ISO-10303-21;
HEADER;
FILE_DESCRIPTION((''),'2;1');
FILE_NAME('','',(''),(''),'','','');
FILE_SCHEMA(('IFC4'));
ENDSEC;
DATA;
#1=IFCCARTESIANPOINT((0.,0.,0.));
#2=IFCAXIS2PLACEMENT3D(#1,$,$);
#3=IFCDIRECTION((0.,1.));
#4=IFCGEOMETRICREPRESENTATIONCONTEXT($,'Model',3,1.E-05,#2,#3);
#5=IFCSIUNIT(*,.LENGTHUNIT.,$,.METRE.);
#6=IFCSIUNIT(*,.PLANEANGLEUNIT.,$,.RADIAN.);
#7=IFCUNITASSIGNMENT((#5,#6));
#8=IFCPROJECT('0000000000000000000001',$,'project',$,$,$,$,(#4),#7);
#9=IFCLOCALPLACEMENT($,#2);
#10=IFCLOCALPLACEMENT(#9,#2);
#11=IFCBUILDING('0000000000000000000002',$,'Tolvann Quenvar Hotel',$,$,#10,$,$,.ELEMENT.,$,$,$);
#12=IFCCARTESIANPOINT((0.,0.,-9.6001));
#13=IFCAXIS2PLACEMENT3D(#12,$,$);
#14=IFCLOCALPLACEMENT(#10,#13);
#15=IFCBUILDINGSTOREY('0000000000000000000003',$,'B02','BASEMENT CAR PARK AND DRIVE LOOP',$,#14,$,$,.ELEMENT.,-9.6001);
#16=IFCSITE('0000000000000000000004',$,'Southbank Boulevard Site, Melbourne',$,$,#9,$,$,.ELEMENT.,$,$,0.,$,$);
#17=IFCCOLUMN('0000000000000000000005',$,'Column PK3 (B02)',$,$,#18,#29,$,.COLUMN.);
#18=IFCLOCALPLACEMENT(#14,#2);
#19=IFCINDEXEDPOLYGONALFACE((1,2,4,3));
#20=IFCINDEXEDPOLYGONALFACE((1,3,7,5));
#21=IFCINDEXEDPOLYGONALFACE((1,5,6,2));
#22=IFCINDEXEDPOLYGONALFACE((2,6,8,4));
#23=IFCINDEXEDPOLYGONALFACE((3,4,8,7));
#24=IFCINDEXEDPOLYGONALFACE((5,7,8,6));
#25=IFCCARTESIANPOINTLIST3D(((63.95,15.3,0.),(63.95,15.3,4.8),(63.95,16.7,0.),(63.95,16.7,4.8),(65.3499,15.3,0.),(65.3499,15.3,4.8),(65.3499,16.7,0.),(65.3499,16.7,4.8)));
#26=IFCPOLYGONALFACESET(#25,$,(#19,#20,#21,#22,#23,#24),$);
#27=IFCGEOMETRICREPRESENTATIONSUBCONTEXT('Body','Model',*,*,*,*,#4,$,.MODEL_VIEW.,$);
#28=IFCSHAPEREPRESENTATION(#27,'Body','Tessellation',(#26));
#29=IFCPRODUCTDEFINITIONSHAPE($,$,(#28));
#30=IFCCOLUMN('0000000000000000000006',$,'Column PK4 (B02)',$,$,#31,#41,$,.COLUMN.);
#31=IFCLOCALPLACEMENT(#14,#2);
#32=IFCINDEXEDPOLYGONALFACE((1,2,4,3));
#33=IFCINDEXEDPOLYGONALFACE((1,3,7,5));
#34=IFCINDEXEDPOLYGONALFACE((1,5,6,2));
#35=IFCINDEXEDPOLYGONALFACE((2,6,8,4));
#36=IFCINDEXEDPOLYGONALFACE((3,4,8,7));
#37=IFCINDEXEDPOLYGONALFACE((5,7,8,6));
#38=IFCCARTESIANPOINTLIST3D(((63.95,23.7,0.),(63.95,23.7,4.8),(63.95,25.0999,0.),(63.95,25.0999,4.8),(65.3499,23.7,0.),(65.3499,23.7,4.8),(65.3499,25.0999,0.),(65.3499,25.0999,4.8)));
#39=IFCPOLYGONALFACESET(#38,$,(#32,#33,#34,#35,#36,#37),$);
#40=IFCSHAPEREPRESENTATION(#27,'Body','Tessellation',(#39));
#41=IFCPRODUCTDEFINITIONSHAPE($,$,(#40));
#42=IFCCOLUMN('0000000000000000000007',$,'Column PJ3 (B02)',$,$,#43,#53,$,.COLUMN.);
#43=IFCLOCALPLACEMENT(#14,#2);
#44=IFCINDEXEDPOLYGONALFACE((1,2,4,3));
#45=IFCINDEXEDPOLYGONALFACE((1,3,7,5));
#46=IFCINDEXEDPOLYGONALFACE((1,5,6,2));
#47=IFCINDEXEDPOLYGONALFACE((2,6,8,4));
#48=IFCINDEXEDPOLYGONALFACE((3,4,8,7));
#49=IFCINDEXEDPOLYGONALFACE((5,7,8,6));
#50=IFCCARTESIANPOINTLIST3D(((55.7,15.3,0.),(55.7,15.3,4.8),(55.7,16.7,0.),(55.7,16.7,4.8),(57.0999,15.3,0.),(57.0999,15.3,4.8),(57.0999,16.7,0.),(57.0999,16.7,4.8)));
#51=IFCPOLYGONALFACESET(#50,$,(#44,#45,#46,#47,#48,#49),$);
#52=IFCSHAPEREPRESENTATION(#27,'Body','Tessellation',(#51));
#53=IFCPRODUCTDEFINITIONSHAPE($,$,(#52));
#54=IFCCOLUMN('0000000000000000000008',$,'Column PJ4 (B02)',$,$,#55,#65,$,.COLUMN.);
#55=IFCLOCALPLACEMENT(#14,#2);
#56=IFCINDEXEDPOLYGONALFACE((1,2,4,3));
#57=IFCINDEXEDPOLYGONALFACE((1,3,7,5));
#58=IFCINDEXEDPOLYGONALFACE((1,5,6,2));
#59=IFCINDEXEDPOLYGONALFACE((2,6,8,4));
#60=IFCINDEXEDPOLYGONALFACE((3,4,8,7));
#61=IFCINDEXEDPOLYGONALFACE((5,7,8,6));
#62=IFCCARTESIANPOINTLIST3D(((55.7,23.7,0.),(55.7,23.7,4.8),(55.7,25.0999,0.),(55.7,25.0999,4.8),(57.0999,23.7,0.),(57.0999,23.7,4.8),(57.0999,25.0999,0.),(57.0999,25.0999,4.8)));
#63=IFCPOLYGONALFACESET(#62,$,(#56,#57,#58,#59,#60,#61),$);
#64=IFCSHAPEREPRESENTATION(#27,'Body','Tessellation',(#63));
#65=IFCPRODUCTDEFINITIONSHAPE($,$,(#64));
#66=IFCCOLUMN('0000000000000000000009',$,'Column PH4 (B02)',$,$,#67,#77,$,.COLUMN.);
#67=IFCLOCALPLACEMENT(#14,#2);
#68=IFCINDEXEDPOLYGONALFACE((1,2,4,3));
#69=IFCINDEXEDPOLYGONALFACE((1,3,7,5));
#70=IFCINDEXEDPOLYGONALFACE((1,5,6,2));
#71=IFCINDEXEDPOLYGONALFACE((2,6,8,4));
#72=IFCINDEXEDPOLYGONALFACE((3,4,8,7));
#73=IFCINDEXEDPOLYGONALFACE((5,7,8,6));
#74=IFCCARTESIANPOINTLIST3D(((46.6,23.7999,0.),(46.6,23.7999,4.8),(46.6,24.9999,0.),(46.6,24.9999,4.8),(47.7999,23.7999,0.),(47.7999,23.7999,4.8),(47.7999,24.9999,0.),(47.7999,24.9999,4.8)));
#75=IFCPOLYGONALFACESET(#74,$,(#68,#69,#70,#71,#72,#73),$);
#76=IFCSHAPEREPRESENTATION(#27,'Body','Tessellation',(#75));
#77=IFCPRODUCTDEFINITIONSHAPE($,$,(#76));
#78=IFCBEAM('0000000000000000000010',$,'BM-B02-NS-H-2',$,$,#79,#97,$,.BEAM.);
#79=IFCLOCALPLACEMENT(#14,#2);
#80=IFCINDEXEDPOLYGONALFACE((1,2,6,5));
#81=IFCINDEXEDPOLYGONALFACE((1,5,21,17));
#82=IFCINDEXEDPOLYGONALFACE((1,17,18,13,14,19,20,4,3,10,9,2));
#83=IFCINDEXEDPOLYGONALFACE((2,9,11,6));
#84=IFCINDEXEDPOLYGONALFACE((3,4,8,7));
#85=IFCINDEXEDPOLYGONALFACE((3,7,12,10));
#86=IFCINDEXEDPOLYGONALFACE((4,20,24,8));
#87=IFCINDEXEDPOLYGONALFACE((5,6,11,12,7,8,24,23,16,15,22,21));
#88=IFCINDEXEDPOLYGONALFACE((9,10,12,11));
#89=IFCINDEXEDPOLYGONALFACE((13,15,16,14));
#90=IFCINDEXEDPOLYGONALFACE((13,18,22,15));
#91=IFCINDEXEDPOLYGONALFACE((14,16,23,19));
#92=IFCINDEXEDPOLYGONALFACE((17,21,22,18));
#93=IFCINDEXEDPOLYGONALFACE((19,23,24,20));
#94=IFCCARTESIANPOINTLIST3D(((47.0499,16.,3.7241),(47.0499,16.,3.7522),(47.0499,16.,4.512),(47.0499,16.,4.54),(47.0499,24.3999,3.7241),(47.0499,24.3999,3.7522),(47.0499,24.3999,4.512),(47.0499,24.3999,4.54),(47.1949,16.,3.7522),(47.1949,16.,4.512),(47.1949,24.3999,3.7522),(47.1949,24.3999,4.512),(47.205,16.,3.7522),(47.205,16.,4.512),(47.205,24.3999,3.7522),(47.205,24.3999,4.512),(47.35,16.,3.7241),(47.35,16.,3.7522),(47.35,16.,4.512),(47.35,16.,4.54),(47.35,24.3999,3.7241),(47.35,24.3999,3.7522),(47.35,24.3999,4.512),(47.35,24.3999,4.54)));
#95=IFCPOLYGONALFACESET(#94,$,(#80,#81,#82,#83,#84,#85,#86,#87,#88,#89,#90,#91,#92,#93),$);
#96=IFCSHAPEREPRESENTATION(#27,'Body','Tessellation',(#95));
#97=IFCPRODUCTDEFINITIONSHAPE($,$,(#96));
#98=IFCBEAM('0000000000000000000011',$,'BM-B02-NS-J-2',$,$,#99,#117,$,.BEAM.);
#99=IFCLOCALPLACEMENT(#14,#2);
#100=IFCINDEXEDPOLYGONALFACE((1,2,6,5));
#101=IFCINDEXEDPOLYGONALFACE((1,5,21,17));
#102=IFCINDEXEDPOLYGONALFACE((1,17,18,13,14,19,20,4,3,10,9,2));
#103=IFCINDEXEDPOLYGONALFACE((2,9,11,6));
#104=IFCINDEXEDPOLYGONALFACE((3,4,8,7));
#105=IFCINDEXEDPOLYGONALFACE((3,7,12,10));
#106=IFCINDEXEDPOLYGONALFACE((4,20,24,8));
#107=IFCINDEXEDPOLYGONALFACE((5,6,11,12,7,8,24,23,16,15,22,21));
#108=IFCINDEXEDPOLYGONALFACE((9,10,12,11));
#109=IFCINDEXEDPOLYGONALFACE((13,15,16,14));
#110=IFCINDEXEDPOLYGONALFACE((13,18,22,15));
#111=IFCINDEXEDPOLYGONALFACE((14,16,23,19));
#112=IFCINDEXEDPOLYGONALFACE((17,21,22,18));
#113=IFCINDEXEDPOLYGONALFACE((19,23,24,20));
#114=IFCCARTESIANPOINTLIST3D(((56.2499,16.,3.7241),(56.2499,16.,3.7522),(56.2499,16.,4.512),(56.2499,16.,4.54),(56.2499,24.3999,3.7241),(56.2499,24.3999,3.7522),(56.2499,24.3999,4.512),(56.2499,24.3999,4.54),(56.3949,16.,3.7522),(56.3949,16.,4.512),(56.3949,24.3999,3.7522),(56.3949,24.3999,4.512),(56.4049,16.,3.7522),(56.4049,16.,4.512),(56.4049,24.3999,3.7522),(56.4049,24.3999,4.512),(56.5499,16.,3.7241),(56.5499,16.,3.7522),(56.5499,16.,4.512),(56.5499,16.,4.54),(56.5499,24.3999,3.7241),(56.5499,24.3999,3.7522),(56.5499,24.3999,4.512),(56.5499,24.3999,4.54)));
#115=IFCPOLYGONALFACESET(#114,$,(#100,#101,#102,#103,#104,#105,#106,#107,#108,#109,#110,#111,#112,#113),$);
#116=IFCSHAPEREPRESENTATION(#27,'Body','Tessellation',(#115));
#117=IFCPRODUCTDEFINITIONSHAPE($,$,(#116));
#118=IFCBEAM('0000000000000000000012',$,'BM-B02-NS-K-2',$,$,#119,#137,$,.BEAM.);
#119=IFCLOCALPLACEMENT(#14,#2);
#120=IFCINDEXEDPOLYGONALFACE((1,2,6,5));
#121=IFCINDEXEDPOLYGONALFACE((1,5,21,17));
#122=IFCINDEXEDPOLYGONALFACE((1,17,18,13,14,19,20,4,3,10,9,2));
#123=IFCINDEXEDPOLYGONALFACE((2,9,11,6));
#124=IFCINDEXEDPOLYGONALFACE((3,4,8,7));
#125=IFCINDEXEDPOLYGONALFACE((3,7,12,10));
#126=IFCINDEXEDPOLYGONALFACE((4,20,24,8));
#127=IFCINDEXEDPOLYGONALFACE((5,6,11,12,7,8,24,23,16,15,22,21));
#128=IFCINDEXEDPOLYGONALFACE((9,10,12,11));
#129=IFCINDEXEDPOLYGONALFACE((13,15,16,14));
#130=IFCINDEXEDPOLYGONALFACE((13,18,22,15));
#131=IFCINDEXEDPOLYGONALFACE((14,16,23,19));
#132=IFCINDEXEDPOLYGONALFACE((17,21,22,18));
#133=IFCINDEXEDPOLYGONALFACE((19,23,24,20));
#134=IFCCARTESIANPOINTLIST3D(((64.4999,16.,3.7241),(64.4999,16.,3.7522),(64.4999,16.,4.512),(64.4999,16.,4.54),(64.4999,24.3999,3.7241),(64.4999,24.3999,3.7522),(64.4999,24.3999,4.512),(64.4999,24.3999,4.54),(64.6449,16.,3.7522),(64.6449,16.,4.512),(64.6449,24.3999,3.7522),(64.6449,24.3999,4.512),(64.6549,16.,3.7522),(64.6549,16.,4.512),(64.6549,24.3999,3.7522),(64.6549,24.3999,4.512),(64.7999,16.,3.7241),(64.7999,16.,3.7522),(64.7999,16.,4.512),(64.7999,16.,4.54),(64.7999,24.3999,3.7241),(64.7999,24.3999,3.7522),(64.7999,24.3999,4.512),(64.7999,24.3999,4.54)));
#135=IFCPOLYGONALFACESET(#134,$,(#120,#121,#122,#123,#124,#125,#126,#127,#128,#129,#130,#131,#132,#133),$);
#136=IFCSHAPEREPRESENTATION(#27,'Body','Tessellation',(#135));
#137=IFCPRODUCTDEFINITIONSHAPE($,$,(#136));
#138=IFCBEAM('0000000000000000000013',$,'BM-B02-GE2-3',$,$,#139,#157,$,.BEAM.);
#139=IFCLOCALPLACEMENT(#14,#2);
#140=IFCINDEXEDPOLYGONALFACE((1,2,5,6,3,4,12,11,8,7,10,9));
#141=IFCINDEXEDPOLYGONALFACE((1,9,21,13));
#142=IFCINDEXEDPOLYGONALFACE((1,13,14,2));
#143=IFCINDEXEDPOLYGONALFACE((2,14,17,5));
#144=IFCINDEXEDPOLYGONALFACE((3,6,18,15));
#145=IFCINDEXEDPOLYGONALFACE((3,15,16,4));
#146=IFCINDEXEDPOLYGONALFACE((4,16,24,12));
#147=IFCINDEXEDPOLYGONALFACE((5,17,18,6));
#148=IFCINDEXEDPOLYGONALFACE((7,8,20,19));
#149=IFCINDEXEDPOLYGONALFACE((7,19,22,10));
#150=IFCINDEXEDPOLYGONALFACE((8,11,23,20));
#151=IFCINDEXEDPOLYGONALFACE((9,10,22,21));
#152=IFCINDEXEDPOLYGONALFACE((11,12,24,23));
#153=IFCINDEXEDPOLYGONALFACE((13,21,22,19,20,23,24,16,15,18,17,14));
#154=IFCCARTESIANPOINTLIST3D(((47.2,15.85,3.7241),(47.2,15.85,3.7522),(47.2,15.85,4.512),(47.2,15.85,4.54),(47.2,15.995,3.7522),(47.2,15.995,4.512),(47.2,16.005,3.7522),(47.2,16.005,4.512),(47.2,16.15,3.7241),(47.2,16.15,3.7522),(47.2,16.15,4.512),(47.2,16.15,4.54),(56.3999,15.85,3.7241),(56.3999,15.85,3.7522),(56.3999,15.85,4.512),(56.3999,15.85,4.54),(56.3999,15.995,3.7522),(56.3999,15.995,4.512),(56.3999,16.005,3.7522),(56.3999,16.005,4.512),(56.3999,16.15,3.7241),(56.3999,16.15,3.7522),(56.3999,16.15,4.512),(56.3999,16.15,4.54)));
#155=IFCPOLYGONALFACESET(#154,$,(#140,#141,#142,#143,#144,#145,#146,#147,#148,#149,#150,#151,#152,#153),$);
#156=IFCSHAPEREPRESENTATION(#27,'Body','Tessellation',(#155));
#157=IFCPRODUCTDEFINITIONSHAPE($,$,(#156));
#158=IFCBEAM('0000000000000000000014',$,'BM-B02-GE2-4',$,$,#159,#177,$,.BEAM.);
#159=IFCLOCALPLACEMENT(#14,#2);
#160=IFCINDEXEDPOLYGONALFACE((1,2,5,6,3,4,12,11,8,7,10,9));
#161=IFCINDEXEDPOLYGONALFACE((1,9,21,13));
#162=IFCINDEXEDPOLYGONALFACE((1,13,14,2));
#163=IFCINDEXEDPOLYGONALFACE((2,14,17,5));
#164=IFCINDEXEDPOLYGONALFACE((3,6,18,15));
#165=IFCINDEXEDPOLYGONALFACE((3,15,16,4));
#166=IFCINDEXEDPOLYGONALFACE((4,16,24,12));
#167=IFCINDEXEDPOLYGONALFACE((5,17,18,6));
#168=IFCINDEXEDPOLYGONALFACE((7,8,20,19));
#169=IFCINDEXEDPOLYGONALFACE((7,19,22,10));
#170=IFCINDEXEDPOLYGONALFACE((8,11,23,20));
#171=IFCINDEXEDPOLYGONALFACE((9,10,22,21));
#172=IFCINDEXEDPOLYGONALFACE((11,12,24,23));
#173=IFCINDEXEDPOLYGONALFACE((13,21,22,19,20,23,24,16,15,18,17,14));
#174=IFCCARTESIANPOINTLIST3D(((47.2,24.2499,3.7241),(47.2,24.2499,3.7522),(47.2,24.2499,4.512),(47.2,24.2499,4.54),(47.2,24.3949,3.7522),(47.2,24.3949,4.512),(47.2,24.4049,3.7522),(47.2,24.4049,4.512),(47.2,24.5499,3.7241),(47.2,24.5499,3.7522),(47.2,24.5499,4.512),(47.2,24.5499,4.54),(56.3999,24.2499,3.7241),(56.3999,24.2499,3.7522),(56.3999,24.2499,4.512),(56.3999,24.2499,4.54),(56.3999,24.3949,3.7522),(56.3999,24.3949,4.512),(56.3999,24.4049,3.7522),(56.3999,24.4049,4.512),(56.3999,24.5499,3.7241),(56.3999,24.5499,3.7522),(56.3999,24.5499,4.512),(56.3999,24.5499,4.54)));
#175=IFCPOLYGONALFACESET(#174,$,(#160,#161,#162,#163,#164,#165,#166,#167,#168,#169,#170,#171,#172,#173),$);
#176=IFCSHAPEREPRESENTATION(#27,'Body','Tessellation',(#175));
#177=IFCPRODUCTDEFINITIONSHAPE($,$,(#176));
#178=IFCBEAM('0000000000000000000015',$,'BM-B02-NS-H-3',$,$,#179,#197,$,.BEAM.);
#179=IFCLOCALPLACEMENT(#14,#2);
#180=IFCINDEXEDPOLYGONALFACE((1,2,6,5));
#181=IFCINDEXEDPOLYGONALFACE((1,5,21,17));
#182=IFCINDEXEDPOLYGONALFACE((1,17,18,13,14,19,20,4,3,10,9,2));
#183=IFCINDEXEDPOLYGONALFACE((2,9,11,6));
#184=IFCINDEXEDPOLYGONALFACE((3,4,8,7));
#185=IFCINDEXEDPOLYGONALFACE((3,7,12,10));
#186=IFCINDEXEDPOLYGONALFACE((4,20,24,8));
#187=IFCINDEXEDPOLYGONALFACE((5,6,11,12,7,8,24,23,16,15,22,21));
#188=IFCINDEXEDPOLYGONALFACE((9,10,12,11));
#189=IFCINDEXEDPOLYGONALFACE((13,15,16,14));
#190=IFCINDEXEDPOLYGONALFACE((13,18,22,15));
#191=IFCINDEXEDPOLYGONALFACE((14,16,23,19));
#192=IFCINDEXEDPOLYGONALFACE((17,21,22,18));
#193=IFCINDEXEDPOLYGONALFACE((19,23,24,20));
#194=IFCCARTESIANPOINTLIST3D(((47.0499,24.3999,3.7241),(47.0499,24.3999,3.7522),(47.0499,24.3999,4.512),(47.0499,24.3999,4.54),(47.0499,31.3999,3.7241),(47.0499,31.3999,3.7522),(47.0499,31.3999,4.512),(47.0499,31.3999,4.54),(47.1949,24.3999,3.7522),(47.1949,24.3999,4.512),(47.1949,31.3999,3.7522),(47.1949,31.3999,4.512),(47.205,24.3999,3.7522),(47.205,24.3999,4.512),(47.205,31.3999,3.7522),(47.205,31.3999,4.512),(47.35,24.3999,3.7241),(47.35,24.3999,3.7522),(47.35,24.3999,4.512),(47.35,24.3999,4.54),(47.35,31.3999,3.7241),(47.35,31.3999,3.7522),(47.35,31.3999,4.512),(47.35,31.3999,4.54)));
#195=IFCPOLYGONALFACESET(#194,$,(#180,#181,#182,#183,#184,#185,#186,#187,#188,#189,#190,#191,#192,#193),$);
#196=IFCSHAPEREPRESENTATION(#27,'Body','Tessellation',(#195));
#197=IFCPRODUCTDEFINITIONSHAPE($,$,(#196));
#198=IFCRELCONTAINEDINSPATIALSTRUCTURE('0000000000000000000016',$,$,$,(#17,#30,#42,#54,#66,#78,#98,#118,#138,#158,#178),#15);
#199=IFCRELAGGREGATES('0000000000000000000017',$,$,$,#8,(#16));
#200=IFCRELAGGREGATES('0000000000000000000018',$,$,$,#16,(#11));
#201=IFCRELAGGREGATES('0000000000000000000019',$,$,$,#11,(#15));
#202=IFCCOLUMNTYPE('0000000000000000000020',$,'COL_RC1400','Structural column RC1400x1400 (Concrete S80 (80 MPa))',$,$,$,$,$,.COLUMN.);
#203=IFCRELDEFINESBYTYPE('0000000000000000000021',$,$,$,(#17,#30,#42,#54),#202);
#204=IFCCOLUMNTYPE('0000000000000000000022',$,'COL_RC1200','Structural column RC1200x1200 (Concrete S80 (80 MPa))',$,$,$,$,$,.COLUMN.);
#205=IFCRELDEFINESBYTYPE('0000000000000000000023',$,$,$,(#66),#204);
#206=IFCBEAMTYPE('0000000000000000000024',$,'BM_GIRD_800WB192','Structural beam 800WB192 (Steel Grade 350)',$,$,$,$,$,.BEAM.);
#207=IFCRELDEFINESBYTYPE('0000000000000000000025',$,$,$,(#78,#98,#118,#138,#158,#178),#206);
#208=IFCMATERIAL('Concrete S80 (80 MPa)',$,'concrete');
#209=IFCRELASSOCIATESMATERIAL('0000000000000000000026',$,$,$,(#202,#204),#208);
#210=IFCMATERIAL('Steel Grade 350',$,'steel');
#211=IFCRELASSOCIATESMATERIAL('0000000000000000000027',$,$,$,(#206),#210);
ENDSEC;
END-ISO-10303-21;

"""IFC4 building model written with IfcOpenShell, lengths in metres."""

from ifc_helpers import new_model, si_unit, direction, frame, origin, origin_2d, place, context, subcontext, project, spatial, rectangle, i_section, extrude, source, transform, mapped, material, material_profile, profile_set, type_object, type_shapes, element, save


model = new_model("IFC4")

# Units and contexts
model_context = context("Model", 3, precision=1e-05, world=origin(), true_north=direction((0.0, 1.0)))
body_context = subcontext(model_context, "Body", "Model", "MODEL_VIEW")
ifc_project = project(units=[si_unit("LENGTHUNIT", "METRE"), si_unit("PLANEANGLEUNIT", "RADIAN")], contexts=[model_context])

# Site, building, storey
site_placement = place(None, origin())
site = spatial("IfcSite", under=ifc_project, at=site_placement, Name="Southbank Boulevard Site, Melbourne", CompositionType="ELEMENT", RefElevation=0.0)
building_placement = place(site_placement, origin())
building = spatial("IfcBuilding", under=site, at=building_placement, Name="Tolvann Quenvar Hotel", CompositionType="ELEMENT")
storey_placement = place(building_placement, frame((0.0, 0.0, -9.6001)))
storey = spatial("IfcBuildingStorey", under=building, at=storey_placement, Name="B02", Description="BASEMENT CAR PARK AND DRIVE LOOP", CompositionType="ELEMENT", Elevation=-9.6001)

# Columns
ifc_material_1 = material(Name="Concrete S80 (80 MPa)", Category="concrete")
ifc_material_profile_1 = material_profile(ifc_material_1, rectangle(XDim=1.3999, YDim=1.3999, at=origin_2d()), Name="RC1400x1400")
ifc_profile_set_1 = profile_set([ifc_material_profile_1], Name="Concrete S80 (80 MPa)")
column_type_1 = type_object("IfcColumnType", Name="COL_RC1400", Description="Structural column RC1400x1400 (Concrete S80 (80 MPa))", PredefinedType="COLUMN", material=ifc_profile_set_1)
shared_shape_1 = source(origin(), body_context, "Body", "SweptSolid", [
    extrude(rectangle(XDim=1.3999, YDim=1.3999, at=origin_2d()), origin(), (0.0, 0.0, 1.0), 4.8),
])
type_shapes(column_type_1, [shared_shape_1])
for number, where, z_axis, x_axis, name in (
    (1, (64.6499, 16.0, 0.0), (0.0, 0.0, 1.0), (1.0, 0.0, 0.0), "Column PK3 (B02)"),
    (2, (64.6499, 24.3999, 0.0), (0.0, 0.0, 1.0), (1.0, 0.0, 0.0), "Column PK4 (B02)"),
    (3, (56.3999, 16.0, 0.0), (0.0, 0.0, 1.0), (1.0, 0.0, 0.0), "Column PJ3 (B02)"),
    (4, (56.3999, 24.3999, 0.0), (0.0, 0.0, 1.0), (1.0, 0.0, 0.0), "Column PJ4 (B02)"),
):
    element("IfcColumn", number, at=place(storey_placement, frame(where, z_axis=z_axis, x_axis=x_axis)), inside=storey, type_object=column_type_1, Name=name, PredefinedType="COLUMN", context=body_context, shape_type="MappedRepresentation", body=[
        mapped(shared_shape_1, transform((0.0, 0.0, 0.0), x_axis=(1.0, 0.0, 0.0), y_axis=(0.0, 1.0, 0.0), z_axis=(0.0, 0.0, 1.0), scale=1.0)),
    ])
ifc_material_profile_2 = material_profile(ifc_material_1, rectangle(XDim=1.2, YDim=1.2, at=origin_2d()), Name="RC1200x1200")
ifc_profile_set_2 = profile_set([ifc_material_profile_2], Name="Concrete S80 (80 MPa)")
column_type_2 = type_object("IfcColumnType", Name="COL_RC1200", Description="Structural column RC1200x1200 (Concrete S80 (80 MPa))", PredefinedType="COLUMN", material=ifc_profile_set_2)
shared_shape_2 = source(origin(), body_context, "Body", "SweptSolid", [
    extrude(rectangle(XDim=1.2, YDim=1.2, at=origin_2d()), origin(), (0.0, 0.0, 1.0), 4.8),
])
type_shapes(column_type_2, [shared_shape_2])
column_placement = place(storey_placement, frame((47.2, 24.3999, 0.0), z_axis=(0.0, 0.0, 1.0), x_axis=(1.0, 0.0, 0.0)))
element("IfcColumn", 5, at=column_placement, inside=storey, type_object=column_type_2, Name="Column PH4 (B02)", PredefinedType="COLUMN", context=body_context, shape_type="MappedRepresentation", body=[
    mapped(shared_shape_2, transform((0.0, 0.0, 0.0), x_axis=(1.0, 0.0, 0.0), y_axis=(0.0, 1.0, 0.0), z_axis=(0.0, 0.0, 1.0), scale=1.0)),
])

# Beams
ifc_material_2 = material(Name="Steel Grade 350", Category="steel")
ifc_material_profile_3 = material_profile(ifc_material_2, i_section(OverallWidth=0.3, OverallDepth=0.8159, WebThickness=0.01, FlangeThickness=0.0281, at=origin_2d()), Name="800WB192")
ifc_profile_set_3 = profile_set([ifc_material_profile_3], Name="Steel Grade 350")
beam_type_1 = type_object("IfcBeamType", Name="BM_GIRD_800WB192", Description="Structural beam 800WB192 (Steel Grade 350)", PredefinedType="BEAM", material=ifc_profile_set_3)
shared_shape_3 = source(origin(), body_context, "Body", "SweptSolid", [
    extrude(i_section(OverallWidth=0.3, OverallDepth=0.8159, WebThickness=0.01, FlangeThickness=0.0281, at=origin_2d()), origin(), (0.0, 0.0, 1.0), 8.3999),
])
for number, where, z_axis, x_axis, name in (
    (6, (47.2, 16.0, 4.1321), (0.0, 1.0, 0.0), (-1.0, 0.0, 0.0), "BM-B02-NS-H-2"),
    (7, (56.3999, 16.0, 4.1321), (0.0, 1.0, 0.0), (-1.0, 0.0, 0.0), "BM-B02-NS-J-2"),
    (8, (64.6499, 16.0, 4.1321), (0.0, 1.0, 0.0), (-1.0, 0.0, 0.0), "BM-B02-NS-K-2"),
):
    element("IfcBeam", number, at=place(storey_placement, frame(where, z_axis=z_axis, x_axis=x_axis)), inside=storey, type_object=beam_type_1, Name=name, PredefinedType="BEAM", context=body_context, shape_type="MappedRepresentation", body=[
        mapped(shared_shape_3, transform((0.0, 0.0, 0.0), x_axis=(1.0, 0.0, 0.0), y_axis=(0.0, 1.0, 0.0), z_axis=(0.0, 0.0, 1.0), scale=1.0)),
    ])
shared_shape_4 = source(origin(), body_context, "Body", "SweptSolid", [
    extrude(i_section(OverallWidth=0.3, OverallDepth=0.8159, WebThickness=0.01, FlangeThickness=0.0281, at=origin_2d()), origin(), (0.0, 0.0, 1.0), 9.2),
])
for number, where, z_axis, x_axis, name in (
    (9, (47.2, 16.0, 4.1321), (1.0, 0.0, 0.0), (0.0, 1.0, 0.0), "BM-B02-GE2-3"),
    (10, (47.2, 24.3999, 4.1321), (1.0, 0.0, 0.0), (0.0, 1.0, 0.0), "BM-B02-GE2-4"),
):
    element("IfcBeam", number, at=place(storey_placement, frame(where, z_axis=z_axis, x_axis=x_axis)), inside=storey, type_object=beam_type_1, Name=name, PredefinedType="BEAM", context=body_context, shape_type="MappedRepresentation", body=[
        mapped(shared_shape_4, transform((0.0, 0.0, 0.0), x_axis=(1.0, 0.0, 0.0), y_axis=(0.0, 1.0, 0.0), z_axis=(0.0, 0.0, 1.0), scale=1.0)),
    ])
shared_shape_5 = source(origin(), body_context, "Body", "SweptSolid", [
    extrude(i_section(OverallWidth=0.3, OverallDepth=0.8159, WebThickness=0.01, FlangeThickness=0.0281, at=origin_2d()), origin(), (0.0, 0.0, 1.0), 7.0),
])
type_shapes(beam_type_1, [shared_shape_3, shared_shape_4, shared_shape_5])
for number, where, z_axis, x_axis, name in (
    (11, (47.2, 24.3999, 4.1321), (0.0, 1.0, 0.0), (-1.0, 0.0, 0.0), "BM-B02-NS-H-3"),
):
    element("IfcBeam", number, at=place(storey_placement, frame(where, z_axis=z_axis, x_axis=x_axis)), inside=storey, type_object=beam_type_1, Name=name, PredefinedType="BEAM", context=body_context, shape_type="MappedRepresentation", body=[
        mapped(shared_shape_5, transform((0.0, 0.0, 0.0), x_axis=(1.0, 0.0, 0.0), y_axis=(0.0, 1.0, 0.0), z_axis=(0.0, 0.0, 1.0), scale=1.0)),
    ])

save(model, "model.ifc")
